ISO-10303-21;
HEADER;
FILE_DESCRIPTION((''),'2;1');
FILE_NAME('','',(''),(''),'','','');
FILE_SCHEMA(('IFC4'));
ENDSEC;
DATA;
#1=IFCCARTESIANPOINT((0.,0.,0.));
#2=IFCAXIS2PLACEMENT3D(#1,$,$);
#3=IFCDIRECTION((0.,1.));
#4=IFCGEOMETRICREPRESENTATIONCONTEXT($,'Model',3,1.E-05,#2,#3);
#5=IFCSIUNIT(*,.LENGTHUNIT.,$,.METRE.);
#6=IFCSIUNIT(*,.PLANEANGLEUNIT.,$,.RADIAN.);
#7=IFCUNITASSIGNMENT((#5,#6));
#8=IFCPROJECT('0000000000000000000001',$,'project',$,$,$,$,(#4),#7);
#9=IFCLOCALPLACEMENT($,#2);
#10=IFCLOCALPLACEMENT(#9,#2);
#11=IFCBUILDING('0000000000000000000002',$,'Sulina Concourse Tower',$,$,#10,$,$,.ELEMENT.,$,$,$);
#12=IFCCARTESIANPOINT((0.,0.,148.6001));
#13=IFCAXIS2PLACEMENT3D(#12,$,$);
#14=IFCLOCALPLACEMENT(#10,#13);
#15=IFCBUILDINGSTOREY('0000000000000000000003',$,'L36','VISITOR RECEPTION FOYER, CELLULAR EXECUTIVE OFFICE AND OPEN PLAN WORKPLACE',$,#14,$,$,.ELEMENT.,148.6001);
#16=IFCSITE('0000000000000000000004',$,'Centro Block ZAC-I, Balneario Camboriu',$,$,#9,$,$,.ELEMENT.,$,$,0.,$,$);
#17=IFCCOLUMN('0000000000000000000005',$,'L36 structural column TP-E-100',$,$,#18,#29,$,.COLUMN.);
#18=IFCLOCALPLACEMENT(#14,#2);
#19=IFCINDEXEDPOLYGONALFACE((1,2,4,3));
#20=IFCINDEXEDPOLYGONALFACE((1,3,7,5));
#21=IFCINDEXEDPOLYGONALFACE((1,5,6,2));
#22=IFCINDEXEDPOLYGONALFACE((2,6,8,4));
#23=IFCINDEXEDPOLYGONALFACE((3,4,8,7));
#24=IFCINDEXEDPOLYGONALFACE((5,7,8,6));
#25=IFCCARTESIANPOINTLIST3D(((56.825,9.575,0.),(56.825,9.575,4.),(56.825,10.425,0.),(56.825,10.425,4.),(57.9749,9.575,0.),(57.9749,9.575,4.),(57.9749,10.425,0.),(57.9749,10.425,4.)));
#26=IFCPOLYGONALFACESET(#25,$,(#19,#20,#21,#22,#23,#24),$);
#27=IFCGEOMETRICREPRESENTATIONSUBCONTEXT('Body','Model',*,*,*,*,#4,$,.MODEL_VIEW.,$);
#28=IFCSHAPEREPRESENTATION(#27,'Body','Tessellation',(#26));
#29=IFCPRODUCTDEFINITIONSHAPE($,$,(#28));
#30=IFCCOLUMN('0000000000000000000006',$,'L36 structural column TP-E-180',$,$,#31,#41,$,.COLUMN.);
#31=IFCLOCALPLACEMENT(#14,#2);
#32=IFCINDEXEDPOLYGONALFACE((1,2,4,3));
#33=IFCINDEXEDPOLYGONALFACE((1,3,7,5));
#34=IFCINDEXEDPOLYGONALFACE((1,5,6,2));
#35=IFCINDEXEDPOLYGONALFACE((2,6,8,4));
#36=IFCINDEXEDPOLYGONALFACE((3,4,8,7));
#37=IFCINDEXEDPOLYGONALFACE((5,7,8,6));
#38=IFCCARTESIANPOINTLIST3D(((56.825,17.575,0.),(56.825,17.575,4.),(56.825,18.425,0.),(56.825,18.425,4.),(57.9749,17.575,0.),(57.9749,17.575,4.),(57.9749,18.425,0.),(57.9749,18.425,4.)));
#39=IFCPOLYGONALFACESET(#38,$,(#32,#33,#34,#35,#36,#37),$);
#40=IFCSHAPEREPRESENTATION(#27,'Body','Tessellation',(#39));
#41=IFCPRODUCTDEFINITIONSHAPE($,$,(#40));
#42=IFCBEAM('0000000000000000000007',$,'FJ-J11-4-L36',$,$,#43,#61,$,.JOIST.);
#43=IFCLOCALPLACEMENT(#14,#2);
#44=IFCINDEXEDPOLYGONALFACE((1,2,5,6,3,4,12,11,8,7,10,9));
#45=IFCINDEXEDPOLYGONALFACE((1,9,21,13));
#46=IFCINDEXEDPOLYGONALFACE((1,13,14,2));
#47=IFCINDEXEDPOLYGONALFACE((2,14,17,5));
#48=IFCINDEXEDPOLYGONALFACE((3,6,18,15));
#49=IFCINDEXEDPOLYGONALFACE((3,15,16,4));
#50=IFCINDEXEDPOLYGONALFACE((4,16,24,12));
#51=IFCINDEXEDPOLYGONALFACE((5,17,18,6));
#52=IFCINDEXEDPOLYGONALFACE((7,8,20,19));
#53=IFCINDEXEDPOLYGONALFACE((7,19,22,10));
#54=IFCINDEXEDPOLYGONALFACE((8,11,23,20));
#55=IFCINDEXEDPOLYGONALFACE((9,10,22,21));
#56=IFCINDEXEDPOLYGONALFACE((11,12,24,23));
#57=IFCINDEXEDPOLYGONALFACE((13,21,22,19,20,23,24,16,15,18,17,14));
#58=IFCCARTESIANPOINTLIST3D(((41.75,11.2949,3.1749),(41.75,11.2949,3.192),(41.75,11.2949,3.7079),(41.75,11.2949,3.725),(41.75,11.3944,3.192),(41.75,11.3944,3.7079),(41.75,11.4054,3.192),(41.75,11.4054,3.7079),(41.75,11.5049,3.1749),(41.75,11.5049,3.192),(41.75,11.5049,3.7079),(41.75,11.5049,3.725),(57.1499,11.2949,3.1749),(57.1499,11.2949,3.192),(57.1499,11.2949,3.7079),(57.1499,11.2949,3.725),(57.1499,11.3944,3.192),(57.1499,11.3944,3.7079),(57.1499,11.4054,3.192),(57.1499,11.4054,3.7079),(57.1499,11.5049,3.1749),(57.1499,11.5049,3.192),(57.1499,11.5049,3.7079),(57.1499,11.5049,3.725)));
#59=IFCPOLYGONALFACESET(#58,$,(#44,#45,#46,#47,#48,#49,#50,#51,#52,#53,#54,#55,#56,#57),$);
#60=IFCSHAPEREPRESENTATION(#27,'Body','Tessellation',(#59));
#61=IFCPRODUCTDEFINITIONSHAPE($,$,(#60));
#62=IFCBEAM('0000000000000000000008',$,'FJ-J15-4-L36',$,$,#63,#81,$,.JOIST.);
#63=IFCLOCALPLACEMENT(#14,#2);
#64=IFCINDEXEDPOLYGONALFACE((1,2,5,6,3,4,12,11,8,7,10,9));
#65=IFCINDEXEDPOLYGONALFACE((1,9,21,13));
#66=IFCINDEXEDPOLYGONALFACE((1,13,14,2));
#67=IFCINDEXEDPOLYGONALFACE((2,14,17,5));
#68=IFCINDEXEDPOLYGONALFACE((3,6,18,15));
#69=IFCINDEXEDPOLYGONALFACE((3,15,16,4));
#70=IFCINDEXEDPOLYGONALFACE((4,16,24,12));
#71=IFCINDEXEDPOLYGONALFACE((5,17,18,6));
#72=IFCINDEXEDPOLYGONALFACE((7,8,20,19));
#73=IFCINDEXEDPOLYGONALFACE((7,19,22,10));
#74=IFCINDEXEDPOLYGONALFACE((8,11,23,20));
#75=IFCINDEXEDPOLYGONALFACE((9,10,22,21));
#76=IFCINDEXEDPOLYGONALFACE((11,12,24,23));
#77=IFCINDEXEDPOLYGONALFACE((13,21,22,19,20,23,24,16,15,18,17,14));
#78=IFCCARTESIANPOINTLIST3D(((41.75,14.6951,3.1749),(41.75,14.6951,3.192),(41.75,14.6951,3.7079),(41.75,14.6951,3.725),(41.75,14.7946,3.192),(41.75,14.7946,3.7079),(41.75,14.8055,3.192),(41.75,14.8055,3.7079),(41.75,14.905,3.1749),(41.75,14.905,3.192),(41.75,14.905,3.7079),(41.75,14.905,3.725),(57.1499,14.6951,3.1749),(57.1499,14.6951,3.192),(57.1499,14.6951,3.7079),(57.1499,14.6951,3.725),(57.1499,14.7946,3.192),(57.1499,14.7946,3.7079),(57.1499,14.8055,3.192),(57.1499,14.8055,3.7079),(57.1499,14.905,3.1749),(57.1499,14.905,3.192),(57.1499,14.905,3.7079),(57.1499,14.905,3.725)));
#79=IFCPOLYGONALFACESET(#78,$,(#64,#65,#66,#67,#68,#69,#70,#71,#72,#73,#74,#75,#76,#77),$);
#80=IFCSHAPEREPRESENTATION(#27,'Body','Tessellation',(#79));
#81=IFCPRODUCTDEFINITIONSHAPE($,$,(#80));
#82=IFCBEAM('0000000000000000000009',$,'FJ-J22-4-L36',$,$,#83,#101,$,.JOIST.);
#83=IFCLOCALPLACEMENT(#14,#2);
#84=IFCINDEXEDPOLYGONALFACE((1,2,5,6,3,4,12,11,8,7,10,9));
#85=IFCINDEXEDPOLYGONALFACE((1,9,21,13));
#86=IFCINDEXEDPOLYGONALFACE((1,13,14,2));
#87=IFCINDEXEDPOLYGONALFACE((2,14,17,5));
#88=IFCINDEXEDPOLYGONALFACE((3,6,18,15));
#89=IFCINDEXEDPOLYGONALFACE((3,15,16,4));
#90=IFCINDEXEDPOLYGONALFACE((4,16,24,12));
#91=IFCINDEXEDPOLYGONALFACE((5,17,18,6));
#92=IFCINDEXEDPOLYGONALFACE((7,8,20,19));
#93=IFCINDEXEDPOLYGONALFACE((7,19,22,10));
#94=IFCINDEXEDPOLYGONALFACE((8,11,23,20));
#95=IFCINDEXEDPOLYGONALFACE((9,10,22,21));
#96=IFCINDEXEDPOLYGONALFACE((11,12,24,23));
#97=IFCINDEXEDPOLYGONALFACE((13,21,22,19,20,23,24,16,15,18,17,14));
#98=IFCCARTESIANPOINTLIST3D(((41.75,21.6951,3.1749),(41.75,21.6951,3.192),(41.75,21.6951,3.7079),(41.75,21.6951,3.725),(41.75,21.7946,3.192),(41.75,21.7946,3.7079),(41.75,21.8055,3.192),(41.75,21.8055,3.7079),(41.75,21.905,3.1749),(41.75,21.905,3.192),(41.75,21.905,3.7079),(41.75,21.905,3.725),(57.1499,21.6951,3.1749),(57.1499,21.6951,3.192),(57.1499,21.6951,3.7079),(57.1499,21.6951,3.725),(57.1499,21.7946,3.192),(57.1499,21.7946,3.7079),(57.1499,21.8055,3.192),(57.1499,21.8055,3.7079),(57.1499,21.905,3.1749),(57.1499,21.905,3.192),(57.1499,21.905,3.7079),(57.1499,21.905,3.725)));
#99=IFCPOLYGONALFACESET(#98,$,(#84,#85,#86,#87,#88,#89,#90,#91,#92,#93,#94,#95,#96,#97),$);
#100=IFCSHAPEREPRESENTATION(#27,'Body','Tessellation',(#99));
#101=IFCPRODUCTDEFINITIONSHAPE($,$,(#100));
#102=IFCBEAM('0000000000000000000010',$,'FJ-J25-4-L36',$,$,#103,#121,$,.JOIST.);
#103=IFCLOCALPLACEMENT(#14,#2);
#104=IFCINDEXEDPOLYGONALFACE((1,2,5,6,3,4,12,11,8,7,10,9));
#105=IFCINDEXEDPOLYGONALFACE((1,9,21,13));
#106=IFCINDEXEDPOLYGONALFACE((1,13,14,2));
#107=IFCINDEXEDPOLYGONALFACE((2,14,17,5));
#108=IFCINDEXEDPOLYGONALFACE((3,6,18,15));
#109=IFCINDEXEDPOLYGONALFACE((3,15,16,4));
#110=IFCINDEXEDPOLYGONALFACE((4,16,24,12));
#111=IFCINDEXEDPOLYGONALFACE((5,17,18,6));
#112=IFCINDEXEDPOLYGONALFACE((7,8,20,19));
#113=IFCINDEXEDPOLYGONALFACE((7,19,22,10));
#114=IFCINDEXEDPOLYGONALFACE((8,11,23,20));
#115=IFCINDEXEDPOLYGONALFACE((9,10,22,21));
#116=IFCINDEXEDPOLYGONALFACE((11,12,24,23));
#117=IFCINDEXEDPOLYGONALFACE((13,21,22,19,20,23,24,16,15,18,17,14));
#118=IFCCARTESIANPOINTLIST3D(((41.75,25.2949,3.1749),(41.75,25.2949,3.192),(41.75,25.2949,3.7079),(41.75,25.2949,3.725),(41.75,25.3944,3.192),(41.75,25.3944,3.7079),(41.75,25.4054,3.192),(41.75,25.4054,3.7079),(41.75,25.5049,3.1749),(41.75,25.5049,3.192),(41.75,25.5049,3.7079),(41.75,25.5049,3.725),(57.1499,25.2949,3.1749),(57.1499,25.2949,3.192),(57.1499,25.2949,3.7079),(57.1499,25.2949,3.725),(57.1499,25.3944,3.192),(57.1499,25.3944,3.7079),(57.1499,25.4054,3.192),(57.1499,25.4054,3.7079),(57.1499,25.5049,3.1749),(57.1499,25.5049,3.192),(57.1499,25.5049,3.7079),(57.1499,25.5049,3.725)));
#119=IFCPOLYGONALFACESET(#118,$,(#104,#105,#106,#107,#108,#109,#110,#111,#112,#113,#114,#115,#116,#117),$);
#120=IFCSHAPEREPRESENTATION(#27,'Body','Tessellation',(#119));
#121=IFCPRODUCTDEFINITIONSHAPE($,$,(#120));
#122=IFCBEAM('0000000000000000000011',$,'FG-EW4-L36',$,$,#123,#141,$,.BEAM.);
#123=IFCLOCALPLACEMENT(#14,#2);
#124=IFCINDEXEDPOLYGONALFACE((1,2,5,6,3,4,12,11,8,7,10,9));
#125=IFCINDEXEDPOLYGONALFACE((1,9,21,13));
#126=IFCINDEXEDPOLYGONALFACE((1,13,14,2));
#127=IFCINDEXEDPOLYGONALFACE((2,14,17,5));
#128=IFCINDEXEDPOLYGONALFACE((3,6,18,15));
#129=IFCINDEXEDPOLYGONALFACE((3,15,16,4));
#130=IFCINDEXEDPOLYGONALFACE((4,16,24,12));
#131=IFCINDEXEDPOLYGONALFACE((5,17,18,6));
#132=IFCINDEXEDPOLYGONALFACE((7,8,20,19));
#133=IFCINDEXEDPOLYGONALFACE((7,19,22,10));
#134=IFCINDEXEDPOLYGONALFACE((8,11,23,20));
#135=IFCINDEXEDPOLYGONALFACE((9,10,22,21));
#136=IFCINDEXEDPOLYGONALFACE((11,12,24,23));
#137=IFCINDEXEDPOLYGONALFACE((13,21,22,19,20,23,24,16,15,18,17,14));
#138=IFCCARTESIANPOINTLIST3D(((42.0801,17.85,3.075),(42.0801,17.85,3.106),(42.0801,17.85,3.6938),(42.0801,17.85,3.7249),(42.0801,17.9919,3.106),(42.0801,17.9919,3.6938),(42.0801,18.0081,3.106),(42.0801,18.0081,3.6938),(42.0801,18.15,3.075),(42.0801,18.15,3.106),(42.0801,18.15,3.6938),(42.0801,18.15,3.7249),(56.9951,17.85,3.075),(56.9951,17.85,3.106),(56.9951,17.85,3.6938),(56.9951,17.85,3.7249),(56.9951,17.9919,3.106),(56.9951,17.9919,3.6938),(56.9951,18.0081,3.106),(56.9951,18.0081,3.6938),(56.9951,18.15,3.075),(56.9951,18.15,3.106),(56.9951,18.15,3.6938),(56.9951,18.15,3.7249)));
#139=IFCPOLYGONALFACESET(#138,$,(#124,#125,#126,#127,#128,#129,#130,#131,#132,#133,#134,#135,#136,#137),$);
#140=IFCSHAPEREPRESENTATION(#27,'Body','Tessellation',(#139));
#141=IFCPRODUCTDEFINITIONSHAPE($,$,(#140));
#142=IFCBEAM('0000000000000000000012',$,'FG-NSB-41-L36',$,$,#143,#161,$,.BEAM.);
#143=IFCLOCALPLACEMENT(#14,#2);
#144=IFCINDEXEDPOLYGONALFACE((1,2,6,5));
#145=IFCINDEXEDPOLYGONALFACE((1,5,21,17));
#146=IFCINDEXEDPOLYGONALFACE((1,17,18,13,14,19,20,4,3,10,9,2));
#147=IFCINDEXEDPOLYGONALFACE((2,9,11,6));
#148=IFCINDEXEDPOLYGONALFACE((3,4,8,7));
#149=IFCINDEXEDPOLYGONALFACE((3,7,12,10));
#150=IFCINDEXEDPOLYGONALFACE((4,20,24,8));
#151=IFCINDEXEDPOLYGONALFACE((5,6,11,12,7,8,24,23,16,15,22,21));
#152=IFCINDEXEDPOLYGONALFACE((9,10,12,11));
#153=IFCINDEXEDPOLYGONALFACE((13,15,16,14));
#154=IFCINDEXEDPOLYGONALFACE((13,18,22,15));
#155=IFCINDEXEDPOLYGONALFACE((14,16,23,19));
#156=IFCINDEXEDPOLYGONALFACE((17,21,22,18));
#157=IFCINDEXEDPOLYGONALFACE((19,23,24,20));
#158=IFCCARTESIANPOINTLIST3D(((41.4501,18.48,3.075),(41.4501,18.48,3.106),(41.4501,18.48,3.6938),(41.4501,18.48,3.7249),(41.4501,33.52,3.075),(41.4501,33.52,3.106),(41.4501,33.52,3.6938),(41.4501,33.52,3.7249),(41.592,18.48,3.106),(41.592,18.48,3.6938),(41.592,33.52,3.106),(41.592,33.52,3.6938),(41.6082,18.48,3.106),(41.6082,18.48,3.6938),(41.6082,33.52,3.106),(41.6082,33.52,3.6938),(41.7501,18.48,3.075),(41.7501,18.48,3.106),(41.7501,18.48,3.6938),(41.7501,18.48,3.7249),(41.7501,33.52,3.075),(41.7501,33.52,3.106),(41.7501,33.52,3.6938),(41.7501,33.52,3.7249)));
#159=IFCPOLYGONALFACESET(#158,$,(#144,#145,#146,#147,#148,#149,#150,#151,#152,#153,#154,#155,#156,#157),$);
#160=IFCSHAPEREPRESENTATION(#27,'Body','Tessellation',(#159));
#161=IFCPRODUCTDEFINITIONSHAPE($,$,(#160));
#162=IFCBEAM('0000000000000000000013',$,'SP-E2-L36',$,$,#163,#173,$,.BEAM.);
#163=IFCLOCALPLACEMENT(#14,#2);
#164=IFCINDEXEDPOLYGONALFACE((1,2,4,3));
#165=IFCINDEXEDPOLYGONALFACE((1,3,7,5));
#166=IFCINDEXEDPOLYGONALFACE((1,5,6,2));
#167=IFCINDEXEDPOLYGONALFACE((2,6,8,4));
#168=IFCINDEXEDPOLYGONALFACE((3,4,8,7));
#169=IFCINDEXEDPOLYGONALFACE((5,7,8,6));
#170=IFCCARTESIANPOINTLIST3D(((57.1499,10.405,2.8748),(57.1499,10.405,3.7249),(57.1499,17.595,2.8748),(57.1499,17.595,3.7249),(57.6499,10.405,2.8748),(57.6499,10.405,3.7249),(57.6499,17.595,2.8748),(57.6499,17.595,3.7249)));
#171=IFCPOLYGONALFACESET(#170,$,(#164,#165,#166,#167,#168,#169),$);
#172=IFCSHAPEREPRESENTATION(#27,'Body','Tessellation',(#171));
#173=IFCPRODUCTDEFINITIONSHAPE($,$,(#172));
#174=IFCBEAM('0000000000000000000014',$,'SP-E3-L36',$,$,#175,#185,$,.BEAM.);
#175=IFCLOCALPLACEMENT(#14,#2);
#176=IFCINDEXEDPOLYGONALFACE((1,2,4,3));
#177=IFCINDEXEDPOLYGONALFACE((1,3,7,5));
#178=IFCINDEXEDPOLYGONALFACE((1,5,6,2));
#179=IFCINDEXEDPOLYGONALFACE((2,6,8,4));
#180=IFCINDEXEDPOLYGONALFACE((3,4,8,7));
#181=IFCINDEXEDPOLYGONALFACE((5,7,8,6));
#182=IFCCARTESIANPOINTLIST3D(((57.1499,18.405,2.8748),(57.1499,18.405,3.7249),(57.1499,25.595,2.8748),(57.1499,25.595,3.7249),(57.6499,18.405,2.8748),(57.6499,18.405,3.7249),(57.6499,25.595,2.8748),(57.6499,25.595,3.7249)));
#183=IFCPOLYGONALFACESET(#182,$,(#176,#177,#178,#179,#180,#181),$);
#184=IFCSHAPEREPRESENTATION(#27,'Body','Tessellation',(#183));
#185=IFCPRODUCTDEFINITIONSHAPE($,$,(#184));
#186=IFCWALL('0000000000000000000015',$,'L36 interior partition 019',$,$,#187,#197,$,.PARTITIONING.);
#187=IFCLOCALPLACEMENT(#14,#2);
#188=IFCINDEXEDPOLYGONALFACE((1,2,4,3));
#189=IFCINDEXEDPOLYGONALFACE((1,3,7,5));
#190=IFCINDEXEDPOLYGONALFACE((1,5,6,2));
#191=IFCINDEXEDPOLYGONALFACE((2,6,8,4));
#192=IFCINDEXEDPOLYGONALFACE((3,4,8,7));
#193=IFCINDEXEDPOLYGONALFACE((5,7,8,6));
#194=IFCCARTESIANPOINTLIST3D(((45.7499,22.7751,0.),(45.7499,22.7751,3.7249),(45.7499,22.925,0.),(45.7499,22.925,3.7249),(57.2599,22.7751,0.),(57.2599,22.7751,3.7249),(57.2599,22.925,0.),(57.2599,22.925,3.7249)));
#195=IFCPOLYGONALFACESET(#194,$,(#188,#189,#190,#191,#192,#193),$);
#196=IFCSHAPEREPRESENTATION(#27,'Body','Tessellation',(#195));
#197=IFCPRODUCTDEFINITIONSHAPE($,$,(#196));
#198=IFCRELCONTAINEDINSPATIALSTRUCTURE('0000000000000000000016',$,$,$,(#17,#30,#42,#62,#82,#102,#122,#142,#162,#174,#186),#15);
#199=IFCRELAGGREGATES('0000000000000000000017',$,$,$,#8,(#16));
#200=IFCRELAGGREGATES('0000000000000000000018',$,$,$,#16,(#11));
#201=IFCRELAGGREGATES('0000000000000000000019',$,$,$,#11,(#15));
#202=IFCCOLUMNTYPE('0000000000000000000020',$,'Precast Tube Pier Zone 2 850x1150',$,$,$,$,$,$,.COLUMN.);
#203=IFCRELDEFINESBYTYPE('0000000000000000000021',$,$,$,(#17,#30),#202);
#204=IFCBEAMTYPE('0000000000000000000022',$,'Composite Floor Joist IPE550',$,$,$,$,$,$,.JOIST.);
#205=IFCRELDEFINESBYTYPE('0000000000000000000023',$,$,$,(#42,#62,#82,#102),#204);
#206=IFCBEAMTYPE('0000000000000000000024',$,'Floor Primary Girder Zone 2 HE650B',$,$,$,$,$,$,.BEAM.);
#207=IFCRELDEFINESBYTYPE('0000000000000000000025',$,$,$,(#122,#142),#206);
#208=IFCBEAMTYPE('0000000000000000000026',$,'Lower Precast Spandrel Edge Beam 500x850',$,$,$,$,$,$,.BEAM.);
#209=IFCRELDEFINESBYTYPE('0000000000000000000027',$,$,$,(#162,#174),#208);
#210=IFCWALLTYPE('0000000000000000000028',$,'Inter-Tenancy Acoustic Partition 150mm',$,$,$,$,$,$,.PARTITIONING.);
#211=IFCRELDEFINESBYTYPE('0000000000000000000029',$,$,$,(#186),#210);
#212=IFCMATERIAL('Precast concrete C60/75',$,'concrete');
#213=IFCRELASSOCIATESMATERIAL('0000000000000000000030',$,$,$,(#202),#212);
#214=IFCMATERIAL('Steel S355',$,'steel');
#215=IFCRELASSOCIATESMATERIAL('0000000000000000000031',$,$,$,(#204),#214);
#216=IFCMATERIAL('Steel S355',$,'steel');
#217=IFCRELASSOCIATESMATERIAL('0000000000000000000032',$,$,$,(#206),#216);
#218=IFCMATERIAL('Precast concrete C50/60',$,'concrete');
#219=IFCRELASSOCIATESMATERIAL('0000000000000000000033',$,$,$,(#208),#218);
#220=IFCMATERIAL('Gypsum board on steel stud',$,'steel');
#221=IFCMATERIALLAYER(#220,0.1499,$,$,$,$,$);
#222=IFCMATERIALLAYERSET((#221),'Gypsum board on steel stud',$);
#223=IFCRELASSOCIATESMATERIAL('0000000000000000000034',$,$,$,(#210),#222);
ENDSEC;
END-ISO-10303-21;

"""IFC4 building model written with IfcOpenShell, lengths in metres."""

from ifc_helpers import new_model, si_unit, direction, frame, frame_2d, origin, origin_2d, place, context, subcontext, project, spatial, rectangle, i_section, extrude, material, layer, layer_set, material_profile, profile_set, type_object, element, save


model = new_model("IFC4")

# Units and contexts
model_context = context("Model", 3, precision=1e-05, world=origin(), true_north=direction((0.0, 1.0)))
body_context = subcontext(model_context, "Body", "Model", "MODEL_VIEW")
ifc_project = project(units=[si_unit("LENGTHUNIT", "METRE"), si_unit("PLANEANGLEUNIT", "RADIAN")], contexts=[model_context])

# Site, building, storey
site_placement = place(None, origin())
site = spatial("IfcSite", under=ifc_project, at=site_placement, Name="Centro Block ZAC-I, Balneario Camboriu", CompositionType="ELEMENT", RefElevation=0.0)
building_placement = place(site_placement, origin())
building = spatial("IfcBuilding", under=site, at=building_placement, Name="Sulina Concourse Tower", CompositionType="ELEMENT")
storey_placement = place(building_placement, frame((0.0, 0.0, 148.6001)))
storey = spatial("IfcBuildingStorey", under=building, at=storey_placement, Name="L36", Description="VISITOR RECEPTION FOYER, CELLULAR EXECUTIVE OFFICE AND OPEN PLAN WORKPLACE", CompositionType="ELEMENT", Elevation=148.6001)

# Columns
ifc_material_1 = material(Name="Precast concrete C60/75", Category="concrete")
ifc_material_profile_1 = material_profile(ifc_material_1, rectangle(XDim=0.8501, YDim=1.1499, at=origin_2d()), Name="PC 850x1150")
ifc_profile_set_1 = profile_set([ifc_material_profile_1], Name="Precast concrete C60/75")
column_type = type_object("IfcColumnType", Name="Precast Tube Pier Zone 2 850x1150", PredefinedType="COLUMN", material=ifc_profile_set_1)
for number, where, z_axis, x_axis, name in (
    (1, (57.3999, 10.0, 0.0), (0.0, 0.0, 1.0), (0.0, 1.0, 0.0), "L36 structural column TP-E-100"),
    (2, (57.3999, 18.0, 0.0), (0.0, 0.0, 1.0), (0.0, 1.0, 0.0), "L36 structural column TP-E-180"),
):
    element("IfcColumn", number, at=place(storey_placement, frame(where, z_axis=z_axis, x_axis=x_axis)), inside=storey, type_object=column_type, Name=name, PredefinedType="COLUMN", context=body_context, shape_type="SweptSolid", body=[
        extrude(rectangle(XDim=0.8501, YDim=1.1499, at=origin_2d()), origin(), (0.0, 0.0, 1.0), 4.0),
    ])

# Beams
ifc_material_2 = material(Name="Steel S355", Category="steel")
ifc_material_profile_2 = material_profile(ifc_material_2, i_section(OverallWidth=0.21, OverallDepth=0.55, WebThickness=0.011, FlangeThickness=0.0171, at=origin_2d()), Name="IPE 550")
ifc_profile_set_2 = profile_set([ifc_material_profile_2], Name="Steel S355")
beam_type_1 = type_object("IfcBeamType", Name="Composite Floor Joist IPE550", PredefinedType="JOIST", material=ifc_profile_set_2)
for number, where, z_axis, x_axis, name in (
    (3, (41.75, 11.3999, 3.45), (1.0, 0.0, 0.0), (0.0, 1.0, 0.0), "FJ-J11-4-L36"),
    (4, (41.75, 14.8, 3.45), (1.0, 0.0, 0.0), (0.0, 1.0, 0.0), "FJ-J15-4-L36"),
    (5, (41.75, 21.8, 3.45), (1.0, 0.0, 0.0), (0.0, 1.0, 0.0), "FJ-J22-4-L36"),
    (6, (41.75, 25.3999, 3.45), (1.0, 0.0, 0.0), (0.0, 1.0, 0.0), "FJ-J25-4-L36"),
):
    element("IfcBeam", number, at=place(storey_placement, frame(where, z_axis=z_axis, x_axis=x_axis)), inside=storey, type_object=beam_type_1, Name=name, PredefinedType="JOIST", context=body_context, shape_type="SweptSolid", body=[
        extrude(i_section(OverallWidth=0.21, OverallDepth=0.55, WebThickness=0.011, FlangeThickness=0.0171, at=origin_2d()), origin(), (0.0, 0.0, 1.0), 15.3999),
    ])
ifc_material_3 = material(Name="Steel S355", Category="steel")
ifc_material_profile_3 = material_profile(ifc_material_3, i_section(OverallWidth=0.3, OverallDepth=0.6499, WebThickness=0.0161, FlangeThickness=0.031, at=origin_2d()), Name="HE 650 B")
ifc_profile_set_3 = profile_set([ifc_material_profile_3], Name="Steel S355")
beam_type_2 = type_object("IfcBeamType", Name="Floor Primary Girder Zone 2 HE650B", PredefinedType="BEAM", material=ifc_profile_set_3)
beam_1_placement = place(storey_placement, frame((42.0801, 18.0, 3.3999), z_axis=(1.0, 0.0, 0.0), x_axis=(0.0, 1.0, 0.0)))
element("IfcBeam", 7, at=beam_1_placement, inside=storey, type_object=beam_type_2, Name="FG-EW4-L36", PredefinedType="BEAM", context=body_context, shape_type="SweptSolid", body=[
    extrude(i_section(OverallWidth=0.3, OverallDepth=0.6499, WebThickness=0.0161, FlangeThickness=0.031, at=origin_2d()), origin(), (0.0, 0.0, 1.0), 14.915),
])
beam_2_placement = place(storey_placement, frame((41.6001, 18.48, 3.3999), z_axis=(0.0, 1.0, 0.0), x_axis=(-1.0, 0.0, 0.0)))
element("IfcBeam", 8, at=beam_2_placement, inside=storey, type_object=beam_type_2, Name="FG-NSB-41-L36", PredefinedType="BEAM", context=body_context, shape_type="SweptSolid", body=[
    extrude(i_section(OverallWidth=0.3, OverallDepth=0.6499, WebThickness=0.0161, FlangeThickness=0.031, at=origin_2d()), origin(), (0.0, 0.0, 1.0), 15.04),
])
ifc_material_4 = material(Name="Precast concrete C50/60", Category="concrete")
ifc_material_profile_4 = material_profile(ifc_material_4, rectangle(XDim=0.5, YDim=0.8501, at=origin_2d()), Name="RC 500x850")
ifc_profile_set_4 = profile_set([ifc_material_profile_4], Name="Precast concrete C50/60")
beam_type_3 = type_object("IfcBeamType", Name="Lower Precast Spandrel Edge Beam 500x850", PredefinedType="BEAM", material=ifc_profile_set_4)
for number, where, z_axis, x_axis, name in (
    (9, (57.3999, 10.405, 3.2998), (0.0, 1.0, 0.0), (-1.0, 0.0, 0.0), "SP-E2-L36"),
    (10, (57.3999, 18.405, 3.2998), (0.0, 1.0, 0.0), (-1.0, 0.0, 0.0), "SP-E3-L36"),
):
    element("IfcBeam", number, at=place(storey_placement, frame(where, z_axis=z_axis, x_axis=x_axis)), inside=storey, type_object=beam_type_3, Name=name, PredefinedType="BEAM", context=body_context, shape_type="SweptSolid", body=[
        extrude(rectangle(XDim=0.5, YDim=0.8501, at=origin_2d()), origin(), (0.0, 0.0, 1.0), 7.1899),
    ])

# Wall
ifc_material_5 = material(Name="Gypsum board on steel stud", Category="steel")
ifc_layer_1 = layer(ifc_material_5, 0.1499)
ifc_layer_set_1 = layer_set([ifc_layer_1], Name="Gypsum board on steel stud")
wall_type_1 = type_object("IfcWallType", Name="Inter-Tenancy Acoustic Partition 150mm", PredefinedType="PARTITIONING", material=ifc_layer_set_1)
wall_1_placement = place(storey_placement, frame((45.75, 22.8501, 0.0), z_axis=(0.0, 0.0, 1.0), x_axis=(1.0, 0.0, 0.0)))
element("IfcWall", 11, at=wall_1_placement, inside=storey, type_object=wall_type_1, Name="L36 interior partition 019", PredefinedType="PARTITIONING", context=body_context, shape_type="SweptSolid", body=[
    extrude(rectangle(XDim=11.51, YDim=0.1499, at=frame_2d((5.7549, 0.0))), origin(), (0.0, 0.0, 1.0), 3.7249),
])

save(model, "model.ifc")
